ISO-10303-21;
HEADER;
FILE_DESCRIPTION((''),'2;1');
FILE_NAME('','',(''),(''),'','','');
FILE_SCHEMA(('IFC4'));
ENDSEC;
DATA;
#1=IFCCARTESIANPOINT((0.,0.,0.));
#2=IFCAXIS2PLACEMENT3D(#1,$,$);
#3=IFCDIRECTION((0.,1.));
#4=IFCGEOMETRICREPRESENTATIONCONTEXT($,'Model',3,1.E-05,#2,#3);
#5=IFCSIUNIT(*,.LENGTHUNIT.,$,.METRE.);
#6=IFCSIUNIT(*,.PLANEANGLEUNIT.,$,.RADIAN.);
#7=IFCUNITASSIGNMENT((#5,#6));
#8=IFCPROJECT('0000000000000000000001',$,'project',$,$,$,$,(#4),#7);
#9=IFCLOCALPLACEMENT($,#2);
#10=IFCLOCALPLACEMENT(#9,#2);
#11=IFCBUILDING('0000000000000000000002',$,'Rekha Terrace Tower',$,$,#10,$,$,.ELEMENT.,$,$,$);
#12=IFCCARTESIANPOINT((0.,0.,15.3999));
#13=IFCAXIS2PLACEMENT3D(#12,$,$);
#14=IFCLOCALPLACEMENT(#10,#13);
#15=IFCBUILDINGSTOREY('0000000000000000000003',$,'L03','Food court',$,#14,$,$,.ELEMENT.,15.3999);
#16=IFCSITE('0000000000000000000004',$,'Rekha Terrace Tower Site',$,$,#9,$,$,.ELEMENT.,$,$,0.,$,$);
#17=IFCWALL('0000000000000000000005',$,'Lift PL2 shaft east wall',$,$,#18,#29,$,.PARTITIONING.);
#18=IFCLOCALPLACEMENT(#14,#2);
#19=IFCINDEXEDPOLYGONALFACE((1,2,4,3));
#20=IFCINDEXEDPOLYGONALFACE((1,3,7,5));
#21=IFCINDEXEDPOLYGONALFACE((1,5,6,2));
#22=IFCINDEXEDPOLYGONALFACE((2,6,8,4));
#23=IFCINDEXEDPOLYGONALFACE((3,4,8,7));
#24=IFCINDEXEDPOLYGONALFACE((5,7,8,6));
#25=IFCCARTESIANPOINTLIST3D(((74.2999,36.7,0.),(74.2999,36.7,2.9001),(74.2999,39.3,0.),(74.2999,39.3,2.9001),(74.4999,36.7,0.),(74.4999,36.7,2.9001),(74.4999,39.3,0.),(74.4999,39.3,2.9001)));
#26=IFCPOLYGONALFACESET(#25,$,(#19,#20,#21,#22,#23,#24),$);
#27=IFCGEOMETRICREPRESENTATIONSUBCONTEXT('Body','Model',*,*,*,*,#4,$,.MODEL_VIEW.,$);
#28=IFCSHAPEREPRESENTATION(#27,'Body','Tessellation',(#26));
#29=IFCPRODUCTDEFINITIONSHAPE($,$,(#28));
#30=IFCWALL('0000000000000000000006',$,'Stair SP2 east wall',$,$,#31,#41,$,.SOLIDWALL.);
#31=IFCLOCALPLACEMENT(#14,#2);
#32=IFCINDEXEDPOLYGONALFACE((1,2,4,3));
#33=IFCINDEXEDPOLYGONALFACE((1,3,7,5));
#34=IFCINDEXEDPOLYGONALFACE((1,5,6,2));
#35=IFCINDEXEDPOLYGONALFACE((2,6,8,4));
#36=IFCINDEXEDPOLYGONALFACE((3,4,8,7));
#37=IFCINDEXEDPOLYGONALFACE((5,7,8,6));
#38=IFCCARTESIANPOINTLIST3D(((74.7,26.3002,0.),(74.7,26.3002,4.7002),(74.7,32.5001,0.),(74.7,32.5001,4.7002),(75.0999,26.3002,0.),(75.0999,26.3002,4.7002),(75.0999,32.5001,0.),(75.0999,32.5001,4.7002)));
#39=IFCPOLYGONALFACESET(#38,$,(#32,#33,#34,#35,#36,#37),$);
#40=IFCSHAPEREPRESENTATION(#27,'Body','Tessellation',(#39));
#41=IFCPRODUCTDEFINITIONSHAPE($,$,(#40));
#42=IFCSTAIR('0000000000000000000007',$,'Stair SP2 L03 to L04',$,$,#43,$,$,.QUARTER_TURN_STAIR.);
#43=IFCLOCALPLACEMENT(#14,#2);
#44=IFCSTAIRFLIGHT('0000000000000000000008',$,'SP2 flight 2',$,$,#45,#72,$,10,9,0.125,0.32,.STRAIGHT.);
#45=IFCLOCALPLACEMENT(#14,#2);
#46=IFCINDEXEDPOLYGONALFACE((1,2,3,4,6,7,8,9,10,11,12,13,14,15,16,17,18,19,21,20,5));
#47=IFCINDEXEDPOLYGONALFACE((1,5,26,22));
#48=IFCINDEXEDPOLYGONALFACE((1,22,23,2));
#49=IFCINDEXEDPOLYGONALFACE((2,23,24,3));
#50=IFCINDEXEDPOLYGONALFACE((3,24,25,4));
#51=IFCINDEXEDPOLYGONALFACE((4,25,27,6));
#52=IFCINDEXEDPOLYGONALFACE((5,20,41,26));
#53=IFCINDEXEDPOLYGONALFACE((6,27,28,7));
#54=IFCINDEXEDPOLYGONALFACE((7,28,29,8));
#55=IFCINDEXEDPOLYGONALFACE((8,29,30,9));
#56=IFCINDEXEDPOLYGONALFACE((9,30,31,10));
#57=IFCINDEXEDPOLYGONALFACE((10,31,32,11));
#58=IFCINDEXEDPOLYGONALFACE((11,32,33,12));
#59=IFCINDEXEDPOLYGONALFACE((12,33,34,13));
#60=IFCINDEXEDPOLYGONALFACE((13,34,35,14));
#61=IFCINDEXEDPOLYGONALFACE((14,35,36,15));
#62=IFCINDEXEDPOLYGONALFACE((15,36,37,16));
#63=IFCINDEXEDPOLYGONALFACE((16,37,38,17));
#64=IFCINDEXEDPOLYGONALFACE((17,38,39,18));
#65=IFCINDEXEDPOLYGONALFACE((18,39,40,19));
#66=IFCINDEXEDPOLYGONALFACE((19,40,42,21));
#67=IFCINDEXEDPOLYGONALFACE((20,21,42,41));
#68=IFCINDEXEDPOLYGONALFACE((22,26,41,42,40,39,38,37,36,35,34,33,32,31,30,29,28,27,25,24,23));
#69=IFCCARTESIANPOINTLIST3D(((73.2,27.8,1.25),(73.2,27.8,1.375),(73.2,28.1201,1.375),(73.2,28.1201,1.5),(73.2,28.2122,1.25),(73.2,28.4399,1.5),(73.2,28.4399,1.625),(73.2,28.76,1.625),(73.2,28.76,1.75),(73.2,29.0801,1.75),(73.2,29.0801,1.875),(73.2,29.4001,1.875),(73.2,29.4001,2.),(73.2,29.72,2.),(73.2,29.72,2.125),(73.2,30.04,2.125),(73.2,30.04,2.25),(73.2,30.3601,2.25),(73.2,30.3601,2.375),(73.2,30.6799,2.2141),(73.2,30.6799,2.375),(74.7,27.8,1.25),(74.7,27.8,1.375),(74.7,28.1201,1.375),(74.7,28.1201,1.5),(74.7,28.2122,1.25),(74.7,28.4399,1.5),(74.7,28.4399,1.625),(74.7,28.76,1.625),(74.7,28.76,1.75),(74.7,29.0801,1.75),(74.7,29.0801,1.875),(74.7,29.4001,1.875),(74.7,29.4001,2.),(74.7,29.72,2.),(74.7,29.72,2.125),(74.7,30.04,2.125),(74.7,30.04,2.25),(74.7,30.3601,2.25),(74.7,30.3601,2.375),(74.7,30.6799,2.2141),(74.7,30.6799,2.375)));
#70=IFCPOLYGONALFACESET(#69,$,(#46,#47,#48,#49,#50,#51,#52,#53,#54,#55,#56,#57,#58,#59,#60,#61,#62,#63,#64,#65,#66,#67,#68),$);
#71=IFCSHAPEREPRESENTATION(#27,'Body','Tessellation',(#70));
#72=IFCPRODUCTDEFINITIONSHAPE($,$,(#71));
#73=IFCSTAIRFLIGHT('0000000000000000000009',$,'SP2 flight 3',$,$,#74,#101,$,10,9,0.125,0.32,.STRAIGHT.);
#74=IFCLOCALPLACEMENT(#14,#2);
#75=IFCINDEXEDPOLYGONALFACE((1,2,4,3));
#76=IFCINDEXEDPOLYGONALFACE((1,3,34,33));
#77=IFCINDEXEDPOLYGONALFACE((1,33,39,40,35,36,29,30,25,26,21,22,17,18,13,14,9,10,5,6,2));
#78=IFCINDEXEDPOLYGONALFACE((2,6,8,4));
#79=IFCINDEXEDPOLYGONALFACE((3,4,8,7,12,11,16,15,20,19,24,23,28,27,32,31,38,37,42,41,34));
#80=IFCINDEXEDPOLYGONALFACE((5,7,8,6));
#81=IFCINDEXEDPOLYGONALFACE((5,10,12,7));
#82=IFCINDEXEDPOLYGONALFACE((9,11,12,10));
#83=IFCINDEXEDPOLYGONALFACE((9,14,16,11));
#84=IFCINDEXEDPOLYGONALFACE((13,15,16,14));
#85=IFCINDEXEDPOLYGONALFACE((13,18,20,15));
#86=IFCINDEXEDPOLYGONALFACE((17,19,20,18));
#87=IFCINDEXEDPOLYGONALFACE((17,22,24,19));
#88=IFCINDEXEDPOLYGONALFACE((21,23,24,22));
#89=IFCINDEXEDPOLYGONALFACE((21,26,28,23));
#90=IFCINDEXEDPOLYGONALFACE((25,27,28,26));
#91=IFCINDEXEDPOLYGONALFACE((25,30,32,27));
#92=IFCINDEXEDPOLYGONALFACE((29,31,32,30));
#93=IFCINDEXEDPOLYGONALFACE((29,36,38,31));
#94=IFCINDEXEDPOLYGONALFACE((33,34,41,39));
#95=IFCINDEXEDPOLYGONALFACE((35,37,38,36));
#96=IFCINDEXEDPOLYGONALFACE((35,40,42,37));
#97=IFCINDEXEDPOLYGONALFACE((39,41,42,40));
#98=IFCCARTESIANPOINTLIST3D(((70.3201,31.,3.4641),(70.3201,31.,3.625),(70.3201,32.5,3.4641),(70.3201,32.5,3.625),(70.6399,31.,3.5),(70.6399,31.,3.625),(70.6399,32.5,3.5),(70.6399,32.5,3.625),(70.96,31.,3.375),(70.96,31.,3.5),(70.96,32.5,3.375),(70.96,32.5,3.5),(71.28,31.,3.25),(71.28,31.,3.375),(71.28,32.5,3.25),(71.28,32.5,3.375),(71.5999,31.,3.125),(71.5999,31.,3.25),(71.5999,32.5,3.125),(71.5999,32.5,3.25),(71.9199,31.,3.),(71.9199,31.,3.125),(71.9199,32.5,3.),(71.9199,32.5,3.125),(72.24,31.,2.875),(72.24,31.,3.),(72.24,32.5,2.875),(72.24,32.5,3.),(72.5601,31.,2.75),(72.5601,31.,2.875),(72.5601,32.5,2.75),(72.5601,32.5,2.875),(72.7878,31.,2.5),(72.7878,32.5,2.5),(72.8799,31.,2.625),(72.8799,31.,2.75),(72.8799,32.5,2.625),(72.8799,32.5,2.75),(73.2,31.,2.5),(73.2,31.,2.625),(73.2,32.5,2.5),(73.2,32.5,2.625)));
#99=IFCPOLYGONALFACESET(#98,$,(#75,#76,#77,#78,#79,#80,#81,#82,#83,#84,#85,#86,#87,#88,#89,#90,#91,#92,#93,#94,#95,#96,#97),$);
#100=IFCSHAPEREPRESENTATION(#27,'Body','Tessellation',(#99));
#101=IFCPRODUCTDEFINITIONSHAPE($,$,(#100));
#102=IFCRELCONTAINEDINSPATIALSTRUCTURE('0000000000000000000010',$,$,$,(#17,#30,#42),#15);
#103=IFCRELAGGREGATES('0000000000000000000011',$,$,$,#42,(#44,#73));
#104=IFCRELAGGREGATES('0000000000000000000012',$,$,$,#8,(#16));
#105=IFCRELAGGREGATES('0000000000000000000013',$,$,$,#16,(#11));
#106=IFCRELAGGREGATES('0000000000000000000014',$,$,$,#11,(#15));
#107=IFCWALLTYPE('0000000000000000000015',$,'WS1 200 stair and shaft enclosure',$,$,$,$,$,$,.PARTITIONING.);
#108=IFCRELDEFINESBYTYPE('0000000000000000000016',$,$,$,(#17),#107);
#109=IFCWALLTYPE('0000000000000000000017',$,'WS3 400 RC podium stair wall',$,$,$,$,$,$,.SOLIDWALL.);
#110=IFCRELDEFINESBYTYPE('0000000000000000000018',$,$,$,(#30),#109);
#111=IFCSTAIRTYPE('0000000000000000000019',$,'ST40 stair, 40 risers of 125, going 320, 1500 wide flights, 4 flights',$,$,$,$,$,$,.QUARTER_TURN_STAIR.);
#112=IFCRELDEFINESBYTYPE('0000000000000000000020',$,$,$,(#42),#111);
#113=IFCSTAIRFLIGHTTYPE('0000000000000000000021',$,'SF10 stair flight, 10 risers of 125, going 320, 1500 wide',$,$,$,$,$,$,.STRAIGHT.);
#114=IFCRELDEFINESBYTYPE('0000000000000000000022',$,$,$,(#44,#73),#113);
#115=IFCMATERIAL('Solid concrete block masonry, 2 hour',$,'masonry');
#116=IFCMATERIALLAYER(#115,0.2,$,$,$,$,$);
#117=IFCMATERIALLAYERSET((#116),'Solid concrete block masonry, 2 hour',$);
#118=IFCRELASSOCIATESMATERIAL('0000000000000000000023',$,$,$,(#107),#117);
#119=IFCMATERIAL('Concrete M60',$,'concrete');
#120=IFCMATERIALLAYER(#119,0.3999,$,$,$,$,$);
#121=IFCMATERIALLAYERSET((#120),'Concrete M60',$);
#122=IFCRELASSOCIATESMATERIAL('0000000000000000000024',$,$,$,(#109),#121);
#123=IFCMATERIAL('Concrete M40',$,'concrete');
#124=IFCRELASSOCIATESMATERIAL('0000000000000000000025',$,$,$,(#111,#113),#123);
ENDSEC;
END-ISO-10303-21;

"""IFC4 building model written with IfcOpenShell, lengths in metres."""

from ifc_helpers import new_model, si_unit, direction, frame, frame_2d, origin, place, context, subcontext, project, spatial, polyline, rectangle, outline, extrude, material, layer, layer_set, type_object, element, aggregate, save


model = new_model("IFC4")

# Units and contexts
model_context = context("Model", 3, precision=1e-05, world=origin(), true_north=direction((0.0, 1.0)))
body_context = subcontext(model_context, "Body", "Model", "MODEL_VIEW")
ifc_project = project(units=[si_unit("LENGTHUNIT", "METRE"), si_unit("PLANEANGLEUNIT", "RADIAN")], contexts=[model_context])

# Site, building, storey
site_placement = place(None, origin())
site = spatial("IfcSite", under=ifc_project, at=site_placement, Name="Rekha Terrace Tower Site", CompositionType="ELEMENT", RefElevation=0.0)
building_placement = place(site_placement, origin())
building = spatial("IfcBuilding", under=site, at=building_placement, Name="Rekha Terrace Tower", CompositionType="ELEMENT")
storey_placement = place(building_placement, frame((0.0, 0.0, 15.3999)))
storey = spatial("IfcBuildingStorey", under=building, at=storey_placement, Name="L03", Description="Food court", CompositionType="ELEMENT", Elevation=15.3999)

# Shared definitions
ifc_material_1 = material(Name="Concrete M60", Category="concrete")

# Walls
ifc_material_2 = material(Name="Solid concrete block masonry, 2 hour", Category="masonry")
ifc_layer_1 = layer(ifc_material_2, 0.2)
ifc_layer_set_1 = layer_set([ifc_layer_1], Name="Solid concrete block masonry, 2 hour")
wall_type_1 = type_object("IfcWallType", Name="WS1 200 stair and shaft enclosure", PredefinedType="PARTITIONING", material=ifc_layer_set_1)
wall_1_placement = place(storey_placement, frame((74.3999, 36.7, 0.0), z_axis=(0.0, 0.0, 1.0), x_axis=(0.0, 1.0, 0.0)))
element("IfcWall", 1, at=wall_1_placement, inside=storey, type_object=wall_type_1, Name="Lift PL2 shaft east wall", PredefinedType="PARTITIONING", context=body_context, shape_type="SweptSolid", body=[
    extrude(rectangle(XDim=2.6001, YDim=0.2, at=frame_2d((1.3, 0.0))), origin(), (0.0, 0.0, 1.0), 2.9001),
])
ifc_layer_2 = layer(ifc_material_1, 0.3999)
ifc_layer_set_2 = layer_set([ifc_layer_2], Name="Concrete M60")
wall_type_2 = type_object("IfcWallType", Name="WS3 400 RC podium stair wall", PredefinedType="SOLIDWALL", material=ifc_layer_set_2)
wall_2_placement = place(storey_placement, frame((74.8999, 26.3, 0.0), z_axis=(0.0, 0.0, 1.0), x_axis=(0.0, 1.0, 0.0)))
element("IfcWall", 2, at=wall_2_placement, inside=storey, type_object=wall_type_2, Name="Stair SP2 east wall", PredefinedType="SOLIDWALL", context=body_context, shape_type="SweptSolid", body=[
    extrude(rectangle(XDim=6.2, YDim=0.3999, at=frame_2d((3.1001, 0.0))), origin(), (0.0, 0.0, 1.0), 4.7002),
])

# Stair, stair flights
ifc_material_3 = material(Name="Concrete M40", Category="concrete")
stair_type = type_object("IfcStairType", Name="ST40 stair, 40 risers of 125, going 320, 1500 wide flights, 4 flights", PredefinedType="QUARTER_TURN_STAIR", material=ifc_material_3)
stair_placement = place(storey_placement, origin())
stair = element("IfcStair", 3, at=stair_placement, inside=storey, type_object=stair_type, Name="Stair SP2 L03 to L04", PredefinedType="QUARTER_TURN_STAIR")
stair_flight_type = type_object("IfcStairFlightType", Name="SF10 stair flight, 10 risers of 125, going 320, 1500 wide", PredefinedType="STRAIGHT", material=ifc_material_3)
stair_flight_1_placement = place(storey_placement, frame((73.95, 27.8, 1.25), z_axis=(0.0, 0.0, 1.0), x_axis=(0.0, 1.0, 0.0)))
stair_flight_1 = element("IfcStairFlight", 4, at=stair_flight_1_placement, type_object=stair_flight_type, Name="SP2 flight 2", NumberOfRisers=10, NumberOfTreads=9, PredefinedType="STRAIGHT", RiserHeight=0.125, TreadLength=0.32, context=body_context, shape_type="SweptSolid", body=[
    extrude(outline(polyline([(0.0, 0.0), (0.0, 0.125), (0.3201, 0.125), (0.3201, 0.25), (0.6399, 0.25), (0.6399, 0.375), (0.96, 0.375), (0.96, 0.5), (1.28, 0.5), (1.28, 0.625), (1.6001, 0.625), (1.6001, 0.75), (1.9199, 0.75), (1.9199, 0.875), (2.24, 0.875), (2.24, 1.0), (2.5601, 1.0), (2.5601, 1.125), (2.8799, 1.125), (2.8799, 1.25), (2.8799, 0.9641), (0.4121, 0.0), (0.0, 0.0)])), frame((0.0, 0.75, 0.0), z_axis=(0.0, -1.0, 0.0), x_axis=(1.0, 0.0, 0.0)), (0.0, 0.0, 1.0), 1.5),
])
stair_flight_2_placement = place(storey_placement, frame((73.2, 31.75, 2.5), z_axis=(0.0, 0.0, 1.0), x_axis=(-1.0, 0.0, 0.0)))
stair_flight_2 = element("IfcStairFlight", 5, at=stair_flight_2_placement, type_object=stair_flight_type, Name="SP2 flight 3", NumberOfRisers=10, NumberOfTreads=9, PredefinedType="STRAIGHT", RiserHeight=0.125, TreadLength=0.32, context=body_context, shape_type="SweptSolid", body=[
    extrude(outline(polyline([(0.0, 0.0), (0.0, 0.125), (0.3201, 0.125), (0.3201, 0.25), (0.6399, 0.25), (0.6399, 0.375), (0.96, 0.375), (0.96, 0.5), (1.28, 0.5), (1.28, 0.625), (1.6001, 0.625), (1.6001, 0.75), (1.9199, 0.75), (1.9199, 0.875), (2.24, 0.875), (2.24, 1.0), (2.5601, 1.0), (2.5601, 1.125), (2.8799, 1.125), (2.8799, 1.25), (2.8799, 0.9641), (0.4121, 0.0), (0.0, 0.0)])), frame((0.0, 0.75, 0.0), z_axis=(0.0, -1.0, 0.0), x_axis=(1.0, 0.0, 0.0)), (0.0, 0.0, 1.0), 1.5),
])
aggregate(stair, [stair_flight_1, stair_flight_2])

save(model, "model.ifc")
